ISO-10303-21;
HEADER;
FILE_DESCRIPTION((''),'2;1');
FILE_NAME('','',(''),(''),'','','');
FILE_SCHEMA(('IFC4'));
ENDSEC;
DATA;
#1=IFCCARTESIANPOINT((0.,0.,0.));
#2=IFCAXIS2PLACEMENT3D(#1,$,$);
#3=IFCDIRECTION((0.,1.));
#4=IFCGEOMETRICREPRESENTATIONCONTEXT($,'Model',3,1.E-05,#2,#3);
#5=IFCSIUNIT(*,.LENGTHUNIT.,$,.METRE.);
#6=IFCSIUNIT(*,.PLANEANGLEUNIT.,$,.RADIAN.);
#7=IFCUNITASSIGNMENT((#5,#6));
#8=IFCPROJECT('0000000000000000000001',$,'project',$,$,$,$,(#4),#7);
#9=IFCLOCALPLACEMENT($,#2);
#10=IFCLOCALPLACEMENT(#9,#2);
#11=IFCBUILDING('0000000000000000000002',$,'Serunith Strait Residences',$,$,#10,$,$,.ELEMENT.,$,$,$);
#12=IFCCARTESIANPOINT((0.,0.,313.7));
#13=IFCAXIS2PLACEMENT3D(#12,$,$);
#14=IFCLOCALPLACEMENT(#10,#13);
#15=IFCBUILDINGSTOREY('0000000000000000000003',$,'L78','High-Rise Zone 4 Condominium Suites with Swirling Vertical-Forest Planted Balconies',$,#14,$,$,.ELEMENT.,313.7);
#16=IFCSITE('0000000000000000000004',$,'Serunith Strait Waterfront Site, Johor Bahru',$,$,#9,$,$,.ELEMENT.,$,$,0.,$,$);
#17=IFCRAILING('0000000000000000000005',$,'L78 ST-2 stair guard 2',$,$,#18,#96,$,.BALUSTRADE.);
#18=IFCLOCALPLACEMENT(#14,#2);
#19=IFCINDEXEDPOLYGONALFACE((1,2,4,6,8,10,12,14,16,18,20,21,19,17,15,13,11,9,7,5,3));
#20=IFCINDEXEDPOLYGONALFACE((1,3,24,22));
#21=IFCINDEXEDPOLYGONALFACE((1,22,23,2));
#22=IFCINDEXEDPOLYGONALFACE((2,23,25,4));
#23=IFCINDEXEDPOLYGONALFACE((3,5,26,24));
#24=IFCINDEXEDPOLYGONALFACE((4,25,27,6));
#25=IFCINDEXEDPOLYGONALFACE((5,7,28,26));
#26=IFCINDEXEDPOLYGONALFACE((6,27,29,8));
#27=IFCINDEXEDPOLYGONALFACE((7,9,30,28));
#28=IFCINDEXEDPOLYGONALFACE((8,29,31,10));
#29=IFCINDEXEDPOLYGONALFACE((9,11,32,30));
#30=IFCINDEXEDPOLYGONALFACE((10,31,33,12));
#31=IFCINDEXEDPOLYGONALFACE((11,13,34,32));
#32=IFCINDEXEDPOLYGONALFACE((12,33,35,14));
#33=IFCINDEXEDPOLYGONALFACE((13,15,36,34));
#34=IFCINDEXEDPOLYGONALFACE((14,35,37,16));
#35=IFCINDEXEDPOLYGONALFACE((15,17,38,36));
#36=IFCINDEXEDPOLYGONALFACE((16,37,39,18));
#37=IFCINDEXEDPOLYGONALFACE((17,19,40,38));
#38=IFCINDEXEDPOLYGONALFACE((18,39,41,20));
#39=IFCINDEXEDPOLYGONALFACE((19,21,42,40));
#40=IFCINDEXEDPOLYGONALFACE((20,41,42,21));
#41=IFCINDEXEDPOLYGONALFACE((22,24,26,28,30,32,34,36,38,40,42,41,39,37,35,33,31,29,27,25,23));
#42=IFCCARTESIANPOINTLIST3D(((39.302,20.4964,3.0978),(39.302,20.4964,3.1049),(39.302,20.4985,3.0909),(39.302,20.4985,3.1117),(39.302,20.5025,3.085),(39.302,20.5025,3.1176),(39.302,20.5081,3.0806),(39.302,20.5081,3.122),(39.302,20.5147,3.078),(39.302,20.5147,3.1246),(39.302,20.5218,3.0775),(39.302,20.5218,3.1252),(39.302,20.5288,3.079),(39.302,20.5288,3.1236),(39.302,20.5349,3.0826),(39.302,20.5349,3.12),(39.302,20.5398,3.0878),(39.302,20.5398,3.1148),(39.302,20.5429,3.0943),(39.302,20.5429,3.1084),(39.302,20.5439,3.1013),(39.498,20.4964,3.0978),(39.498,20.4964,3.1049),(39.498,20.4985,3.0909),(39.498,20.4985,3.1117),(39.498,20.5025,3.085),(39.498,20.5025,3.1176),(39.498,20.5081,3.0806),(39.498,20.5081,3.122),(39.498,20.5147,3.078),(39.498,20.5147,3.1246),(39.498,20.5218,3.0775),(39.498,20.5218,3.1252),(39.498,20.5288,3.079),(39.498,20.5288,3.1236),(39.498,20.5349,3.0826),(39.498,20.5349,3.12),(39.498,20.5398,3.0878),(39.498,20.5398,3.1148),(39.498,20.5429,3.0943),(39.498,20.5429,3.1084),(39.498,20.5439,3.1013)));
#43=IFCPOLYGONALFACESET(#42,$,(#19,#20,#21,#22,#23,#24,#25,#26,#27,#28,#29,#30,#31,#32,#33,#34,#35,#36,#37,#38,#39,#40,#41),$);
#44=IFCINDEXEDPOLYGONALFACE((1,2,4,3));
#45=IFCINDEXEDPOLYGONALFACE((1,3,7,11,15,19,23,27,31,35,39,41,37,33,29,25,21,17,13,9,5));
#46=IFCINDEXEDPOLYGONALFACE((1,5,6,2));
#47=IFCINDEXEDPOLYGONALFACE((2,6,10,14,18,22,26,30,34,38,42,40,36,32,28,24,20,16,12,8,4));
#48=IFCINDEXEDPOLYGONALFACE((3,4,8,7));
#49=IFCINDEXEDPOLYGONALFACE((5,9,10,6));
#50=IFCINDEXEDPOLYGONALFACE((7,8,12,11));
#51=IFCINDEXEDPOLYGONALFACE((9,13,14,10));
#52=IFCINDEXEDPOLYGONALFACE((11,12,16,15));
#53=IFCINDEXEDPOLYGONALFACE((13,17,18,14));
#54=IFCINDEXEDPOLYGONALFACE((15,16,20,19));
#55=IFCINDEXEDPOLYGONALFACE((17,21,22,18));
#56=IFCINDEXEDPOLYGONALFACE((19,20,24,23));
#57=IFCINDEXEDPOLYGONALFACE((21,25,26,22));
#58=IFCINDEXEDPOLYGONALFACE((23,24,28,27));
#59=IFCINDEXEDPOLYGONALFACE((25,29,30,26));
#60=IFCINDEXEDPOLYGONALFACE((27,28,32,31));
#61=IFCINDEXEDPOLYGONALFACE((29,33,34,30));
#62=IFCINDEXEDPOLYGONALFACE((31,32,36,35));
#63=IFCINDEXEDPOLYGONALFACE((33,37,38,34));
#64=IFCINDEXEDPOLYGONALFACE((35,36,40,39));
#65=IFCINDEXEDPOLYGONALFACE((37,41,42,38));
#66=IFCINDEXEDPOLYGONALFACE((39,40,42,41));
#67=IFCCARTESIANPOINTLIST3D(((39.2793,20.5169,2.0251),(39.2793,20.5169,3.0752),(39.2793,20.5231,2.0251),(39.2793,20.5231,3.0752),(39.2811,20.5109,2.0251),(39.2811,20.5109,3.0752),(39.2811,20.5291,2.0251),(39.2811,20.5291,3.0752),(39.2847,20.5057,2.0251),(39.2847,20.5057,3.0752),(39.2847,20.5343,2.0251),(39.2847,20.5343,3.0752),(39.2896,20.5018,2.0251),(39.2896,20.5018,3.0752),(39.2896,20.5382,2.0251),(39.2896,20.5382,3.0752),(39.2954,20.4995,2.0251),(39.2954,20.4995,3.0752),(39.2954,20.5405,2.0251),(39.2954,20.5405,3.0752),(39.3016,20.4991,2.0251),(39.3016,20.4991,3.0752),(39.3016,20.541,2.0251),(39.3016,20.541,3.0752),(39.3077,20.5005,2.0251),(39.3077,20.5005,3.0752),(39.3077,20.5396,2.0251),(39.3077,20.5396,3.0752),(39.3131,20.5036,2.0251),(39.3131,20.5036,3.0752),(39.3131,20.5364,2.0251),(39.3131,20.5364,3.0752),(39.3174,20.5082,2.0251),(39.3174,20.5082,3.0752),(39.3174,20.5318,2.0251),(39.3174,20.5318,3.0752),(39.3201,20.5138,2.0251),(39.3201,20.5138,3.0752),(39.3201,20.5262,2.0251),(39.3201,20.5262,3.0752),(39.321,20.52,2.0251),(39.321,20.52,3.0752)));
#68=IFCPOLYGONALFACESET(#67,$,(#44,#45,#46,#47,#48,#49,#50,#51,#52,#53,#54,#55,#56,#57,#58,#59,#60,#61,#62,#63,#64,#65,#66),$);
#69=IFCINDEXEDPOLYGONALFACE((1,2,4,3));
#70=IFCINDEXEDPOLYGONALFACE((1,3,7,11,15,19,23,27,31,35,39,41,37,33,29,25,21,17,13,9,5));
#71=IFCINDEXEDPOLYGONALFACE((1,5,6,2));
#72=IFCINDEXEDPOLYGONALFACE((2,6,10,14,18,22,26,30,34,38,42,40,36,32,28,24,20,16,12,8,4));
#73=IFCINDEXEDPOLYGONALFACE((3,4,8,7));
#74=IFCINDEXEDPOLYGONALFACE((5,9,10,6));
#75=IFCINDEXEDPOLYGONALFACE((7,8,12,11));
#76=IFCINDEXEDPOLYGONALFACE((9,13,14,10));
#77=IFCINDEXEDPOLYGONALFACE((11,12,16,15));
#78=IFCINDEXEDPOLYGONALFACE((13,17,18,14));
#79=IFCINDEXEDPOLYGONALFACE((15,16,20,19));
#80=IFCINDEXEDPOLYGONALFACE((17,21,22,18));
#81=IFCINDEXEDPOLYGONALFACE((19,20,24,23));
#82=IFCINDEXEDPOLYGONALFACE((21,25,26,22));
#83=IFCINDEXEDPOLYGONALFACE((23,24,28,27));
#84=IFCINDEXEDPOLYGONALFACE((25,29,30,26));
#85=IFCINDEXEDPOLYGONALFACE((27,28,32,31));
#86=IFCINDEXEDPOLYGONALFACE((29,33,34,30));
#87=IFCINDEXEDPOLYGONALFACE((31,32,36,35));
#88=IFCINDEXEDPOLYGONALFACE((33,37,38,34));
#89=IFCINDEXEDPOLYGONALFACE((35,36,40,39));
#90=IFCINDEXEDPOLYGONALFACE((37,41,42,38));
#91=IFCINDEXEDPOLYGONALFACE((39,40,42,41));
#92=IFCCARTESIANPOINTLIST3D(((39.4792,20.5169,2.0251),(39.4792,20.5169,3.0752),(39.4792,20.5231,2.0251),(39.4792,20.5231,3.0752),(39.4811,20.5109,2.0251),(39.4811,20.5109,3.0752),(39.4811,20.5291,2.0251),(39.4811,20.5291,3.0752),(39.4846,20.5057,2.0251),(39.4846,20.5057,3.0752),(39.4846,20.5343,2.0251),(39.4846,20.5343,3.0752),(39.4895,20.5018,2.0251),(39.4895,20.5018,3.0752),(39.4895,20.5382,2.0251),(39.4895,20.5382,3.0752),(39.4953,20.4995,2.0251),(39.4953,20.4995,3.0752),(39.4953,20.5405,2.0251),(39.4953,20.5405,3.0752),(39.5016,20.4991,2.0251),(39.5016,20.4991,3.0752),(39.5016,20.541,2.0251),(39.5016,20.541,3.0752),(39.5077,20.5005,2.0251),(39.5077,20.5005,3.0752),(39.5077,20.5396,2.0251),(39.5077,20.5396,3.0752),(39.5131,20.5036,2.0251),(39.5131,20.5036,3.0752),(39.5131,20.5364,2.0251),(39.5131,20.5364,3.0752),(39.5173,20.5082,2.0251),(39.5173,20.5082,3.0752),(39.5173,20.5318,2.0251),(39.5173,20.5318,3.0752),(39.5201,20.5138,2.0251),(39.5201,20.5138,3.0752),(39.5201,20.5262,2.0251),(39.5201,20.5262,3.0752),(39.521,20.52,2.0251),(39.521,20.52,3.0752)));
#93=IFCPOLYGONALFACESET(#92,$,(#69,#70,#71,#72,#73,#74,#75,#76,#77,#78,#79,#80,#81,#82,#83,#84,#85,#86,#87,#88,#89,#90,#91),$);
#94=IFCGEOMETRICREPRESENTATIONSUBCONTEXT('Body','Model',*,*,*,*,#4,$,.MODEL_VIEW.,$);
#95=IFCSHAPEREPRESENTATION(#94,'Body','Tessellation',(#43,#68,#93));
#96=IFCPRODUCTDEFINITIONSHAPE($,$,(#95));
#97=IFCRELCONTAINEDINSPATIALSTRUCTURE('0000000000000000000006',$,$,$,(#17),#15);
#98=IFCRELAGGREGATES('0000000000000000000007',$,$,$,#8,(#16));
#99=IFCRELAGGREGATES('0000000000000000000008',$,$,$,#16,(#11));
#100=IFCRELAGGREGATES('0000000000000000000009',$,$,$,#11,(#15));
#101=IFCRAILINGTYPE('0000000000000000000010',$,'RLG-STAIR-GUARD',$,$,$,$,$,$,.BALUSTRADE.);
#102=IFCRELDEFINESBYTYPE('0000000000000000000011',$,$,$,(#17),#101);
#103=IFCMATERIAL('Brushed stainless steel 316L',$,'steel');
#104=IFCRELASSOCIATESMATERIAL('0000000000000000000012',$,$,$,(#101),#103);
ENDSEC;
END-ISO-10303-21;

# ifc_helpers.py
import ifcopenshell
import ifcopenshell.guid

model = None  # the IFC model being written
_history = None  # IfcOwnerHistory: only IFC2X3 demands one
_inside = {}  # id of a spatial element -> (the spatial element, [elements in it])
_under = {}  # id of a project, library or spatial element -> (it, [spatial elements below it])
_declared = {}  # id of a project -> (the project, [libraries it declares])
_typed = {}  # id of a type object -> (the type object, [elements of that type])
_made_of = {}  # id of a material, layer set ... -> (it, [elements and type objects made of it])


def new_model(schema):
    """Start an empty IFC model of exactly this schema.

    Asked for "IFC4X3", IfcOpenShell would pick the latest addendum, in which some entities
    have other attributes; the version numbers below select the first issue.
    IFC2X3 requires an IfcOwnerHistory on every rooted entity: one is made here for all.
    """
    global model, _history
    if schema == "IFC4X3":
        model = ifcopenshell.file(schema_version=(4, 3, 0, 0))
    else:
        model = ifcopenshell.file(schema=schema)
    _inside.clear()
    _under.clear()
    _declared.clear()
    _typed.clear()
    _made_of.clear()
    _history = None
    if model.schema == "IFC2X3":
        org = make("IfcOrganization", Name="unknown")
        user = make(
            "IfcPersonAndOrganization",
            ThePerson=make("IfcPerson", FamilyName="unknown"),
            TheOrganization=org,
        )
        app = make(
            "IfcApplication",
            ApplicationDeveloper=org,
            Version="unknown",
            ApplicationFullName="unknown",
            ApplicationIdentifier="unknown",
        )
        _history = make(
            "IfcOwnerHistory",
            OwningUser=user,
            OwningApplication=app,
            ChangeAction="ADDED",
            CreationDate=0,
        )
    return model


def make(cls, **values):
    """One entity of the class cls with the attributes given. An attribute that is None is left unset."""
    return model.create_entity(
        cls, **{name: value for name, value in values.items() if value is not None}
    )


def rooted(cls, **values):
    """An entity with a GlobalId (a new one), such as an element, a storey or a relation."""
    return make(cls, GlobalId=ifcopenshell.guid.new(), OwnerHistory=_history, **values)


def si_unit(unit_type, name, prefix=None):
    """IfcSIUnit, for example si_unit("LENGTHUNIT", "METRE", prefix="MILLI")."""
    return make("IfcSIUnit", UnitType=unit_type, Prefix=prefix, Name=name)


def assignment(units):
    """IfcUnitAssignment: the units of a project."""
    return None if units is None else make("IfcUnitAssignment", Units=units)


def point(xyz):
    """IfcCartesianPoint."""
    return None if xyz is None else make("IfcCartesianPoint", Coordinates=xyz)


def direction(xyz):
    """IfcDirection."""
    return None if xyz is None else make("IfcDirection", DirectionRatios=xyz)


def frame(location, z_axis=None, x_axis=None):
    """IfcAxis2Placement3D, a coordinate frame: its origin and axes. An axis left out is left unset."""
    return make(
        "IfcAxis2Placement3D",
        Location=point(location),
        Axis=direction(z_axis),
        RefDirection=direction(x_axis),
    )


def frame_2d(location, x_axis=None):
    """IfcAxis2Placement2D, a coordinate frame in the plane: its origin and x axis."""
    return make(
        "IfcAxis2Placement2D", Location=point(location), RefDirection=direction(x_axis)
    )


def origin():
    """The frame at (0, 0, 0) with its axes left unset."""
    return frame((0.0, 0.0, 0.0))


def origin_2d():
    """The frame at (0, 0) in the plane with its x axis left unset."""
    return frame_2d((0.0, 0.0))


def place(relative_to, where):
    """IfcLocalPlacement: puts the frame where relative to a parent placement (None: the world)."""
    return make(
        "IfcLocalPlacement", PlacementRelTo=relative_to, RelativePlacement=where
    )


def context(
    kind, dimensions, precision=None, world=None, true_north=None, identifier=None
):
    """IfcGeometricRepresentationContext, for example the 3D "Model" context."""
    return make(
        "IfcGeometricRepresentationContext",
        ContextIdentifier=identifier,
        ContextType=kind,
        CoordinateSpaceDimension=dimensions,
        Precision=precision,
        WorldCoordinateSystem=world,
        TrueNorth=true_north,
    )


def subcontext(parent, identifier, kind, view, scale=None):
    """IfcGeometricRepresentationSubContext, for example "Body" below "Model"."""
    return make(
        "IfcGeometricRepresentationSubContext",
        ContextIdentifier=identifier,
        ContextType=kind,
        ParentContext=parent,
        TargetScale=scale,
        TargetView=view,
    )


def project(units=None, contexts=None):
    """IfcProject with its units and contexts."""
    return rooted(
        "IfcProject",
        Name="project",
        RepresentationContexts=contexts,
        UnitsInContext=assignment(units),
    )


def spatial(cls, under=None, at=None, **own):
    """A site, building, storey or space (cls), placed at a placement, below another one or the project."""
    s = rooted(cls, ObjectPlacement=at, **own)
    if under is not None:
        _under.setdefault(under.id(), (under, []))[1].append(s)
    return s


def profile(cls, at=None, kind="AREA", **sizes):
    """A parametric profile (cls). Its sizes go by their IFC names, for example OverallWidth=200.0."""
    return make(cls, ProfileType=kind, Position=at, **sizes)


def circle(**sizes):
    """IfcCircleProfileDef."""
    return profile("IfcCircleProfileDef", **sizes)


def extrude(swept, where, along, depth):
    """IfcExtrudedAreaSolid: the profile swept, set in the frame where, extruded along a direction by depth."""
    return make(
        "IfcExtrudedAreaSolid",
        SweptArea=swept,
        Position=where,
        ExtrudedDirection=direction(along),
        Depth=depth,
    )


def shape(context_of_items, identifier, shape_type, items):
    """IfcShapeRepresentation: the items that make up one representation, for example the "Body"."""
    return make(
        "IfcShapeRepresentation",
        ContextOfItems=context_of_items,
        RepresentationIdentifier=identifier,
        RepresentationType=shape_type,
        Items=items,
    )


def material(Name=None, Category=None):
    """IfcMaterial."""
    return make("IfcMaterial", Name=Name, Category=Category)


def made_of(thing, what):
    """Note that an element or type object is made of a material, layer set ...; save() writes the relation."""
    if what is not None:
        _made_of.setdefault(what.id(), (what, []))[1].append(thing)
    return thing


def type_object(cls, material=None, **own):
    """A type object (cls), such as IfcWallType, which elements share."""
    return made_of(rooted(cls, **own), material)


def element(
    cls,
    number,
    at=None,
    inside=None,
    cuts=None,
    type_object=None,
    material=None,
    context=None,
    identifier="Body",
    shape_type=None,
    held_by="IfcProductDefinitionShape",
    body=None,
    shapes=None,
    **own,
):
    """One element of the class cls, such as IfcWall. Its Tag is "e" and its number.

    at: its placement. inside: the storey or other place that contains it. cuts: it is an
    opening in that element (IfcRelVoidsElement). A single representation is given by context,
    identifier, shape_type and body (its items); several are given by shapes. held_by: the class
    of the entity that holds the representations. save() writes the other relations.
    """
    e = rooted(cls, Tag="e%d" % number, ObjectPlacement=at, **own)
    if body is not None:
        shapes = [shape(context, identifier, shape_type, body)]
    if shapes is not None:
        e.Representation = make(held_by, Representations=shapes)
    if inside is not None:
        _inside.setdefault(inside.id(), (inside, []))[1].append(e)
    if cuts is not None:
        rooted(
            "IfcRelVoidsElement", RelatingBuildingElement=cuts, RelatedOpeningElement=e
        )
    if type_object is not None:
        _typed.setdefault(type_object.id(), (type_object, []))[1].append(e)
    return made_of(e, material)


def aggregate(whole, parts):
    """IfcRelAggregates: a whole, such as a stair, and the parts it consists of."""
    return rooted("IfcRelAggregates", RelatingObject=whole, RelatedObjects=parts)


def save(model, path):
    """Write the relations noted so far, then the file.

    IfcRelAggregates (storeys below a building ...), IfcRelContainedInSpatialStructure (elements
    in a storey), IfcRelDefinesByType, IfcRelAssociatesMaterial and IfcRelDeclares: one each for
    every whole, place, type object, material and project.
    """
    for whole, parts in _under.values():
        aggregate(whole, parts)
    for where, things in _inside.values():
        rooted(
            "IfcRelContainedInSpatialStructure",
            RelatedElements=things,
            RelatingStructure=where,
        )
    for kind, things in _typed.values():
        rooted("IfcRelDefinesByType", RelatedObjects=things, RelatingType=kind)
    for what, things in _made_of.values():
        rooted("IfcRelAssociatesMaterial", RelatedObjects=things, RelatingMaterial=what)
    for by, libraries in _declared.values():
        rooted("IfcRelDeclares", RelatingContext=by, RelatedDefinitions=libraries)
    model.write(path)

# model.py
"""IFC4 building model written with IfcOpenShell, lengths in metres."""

from ifc_helpers import new_model, si_unit, direction, frame, origin, origin_2d, place, context, subcontext, project, spatial, circle, extrude, material, type_object, element, save


model = new_model("IFC4")

# Units and contexts
model_context = context("Model", 3, precision=1e-05, world=origin(), true_north=direction((0.0, 1.0)))
body_context = subcontext(model_context, "Body", "Model", "MODEL_VIEW")
ifc_project = project(units=[si_unit("LENGTHUNIT", "METRE"), si_unit("PLANEANGLEUNIT", "RADIAN")], contexts=[model_context])

# Site, building, storey
site_placement = place(None, origin())
site = spatial("IfcSite", under=ifc_project, at=site_placement, Name="Serunith Strait Waterfront Site, Johor Bahru", CompositionType="ELEMENT", RefElevation=0.0)
building_placement = place(site_placement, origin())
building = spatial("IfcBuilding", under=site, at=building_placement, Name="Serunith Strait Residences", CompositionType="ELEMENT")
storey_placement = place(building_placement, frame((0.0, 0.0, 313.7)))
storey = spatial("IfcBuildingStorey", under=building, at=storey_placement, Name="L78", Description="High-Rise Zone 4 Condominium Suites with Swirling Vertical-Forest Planted Balconies", CompositionType="ELEMENT", Elevation=313.7)

# Railing
ifc_material_1 = material(Name="Brushed stainless steel 316L", Category="steel")
railing_type_1 = type_object("IfcRailingType", Name="RLG-STAIR-GUARD", PredefinedType="BALUSTRADE", material=ifc_material_1)
railing_1_placement = place(storey_placement, frame((39.3, 20.52, 2.0251)))
element("IfcRailing", 1, at=railing_1_placement, inside=storey, type_object=railing_type_1, Name="L78 ST-2 stair guard 2", PredefinedType="BALUSTRADE", context=body_context, shape_type="SweptSolid", body=[
    extrude(circle(Radius=0.0239, at=origin_2d()), frame((0.002, 0.0, 1.0762), z_axis=(1.0, 0.0, 0.0), x_axis=(0.0, 1.0, 0.0)), (0.0, 0.0, 1.0), 0.196),
    extrude(circle(Radius=0.021, at=origin_2d()), origin(), (0.0, 0.0, 1.0), 1.05),
    extrude(circle(Radius=0.021, at=origin_2d()), frame((0.2, 0.0, 0.0)), (0.0, 0.0, 1.0), 1.05),
])

save(model, "model.ifc")
